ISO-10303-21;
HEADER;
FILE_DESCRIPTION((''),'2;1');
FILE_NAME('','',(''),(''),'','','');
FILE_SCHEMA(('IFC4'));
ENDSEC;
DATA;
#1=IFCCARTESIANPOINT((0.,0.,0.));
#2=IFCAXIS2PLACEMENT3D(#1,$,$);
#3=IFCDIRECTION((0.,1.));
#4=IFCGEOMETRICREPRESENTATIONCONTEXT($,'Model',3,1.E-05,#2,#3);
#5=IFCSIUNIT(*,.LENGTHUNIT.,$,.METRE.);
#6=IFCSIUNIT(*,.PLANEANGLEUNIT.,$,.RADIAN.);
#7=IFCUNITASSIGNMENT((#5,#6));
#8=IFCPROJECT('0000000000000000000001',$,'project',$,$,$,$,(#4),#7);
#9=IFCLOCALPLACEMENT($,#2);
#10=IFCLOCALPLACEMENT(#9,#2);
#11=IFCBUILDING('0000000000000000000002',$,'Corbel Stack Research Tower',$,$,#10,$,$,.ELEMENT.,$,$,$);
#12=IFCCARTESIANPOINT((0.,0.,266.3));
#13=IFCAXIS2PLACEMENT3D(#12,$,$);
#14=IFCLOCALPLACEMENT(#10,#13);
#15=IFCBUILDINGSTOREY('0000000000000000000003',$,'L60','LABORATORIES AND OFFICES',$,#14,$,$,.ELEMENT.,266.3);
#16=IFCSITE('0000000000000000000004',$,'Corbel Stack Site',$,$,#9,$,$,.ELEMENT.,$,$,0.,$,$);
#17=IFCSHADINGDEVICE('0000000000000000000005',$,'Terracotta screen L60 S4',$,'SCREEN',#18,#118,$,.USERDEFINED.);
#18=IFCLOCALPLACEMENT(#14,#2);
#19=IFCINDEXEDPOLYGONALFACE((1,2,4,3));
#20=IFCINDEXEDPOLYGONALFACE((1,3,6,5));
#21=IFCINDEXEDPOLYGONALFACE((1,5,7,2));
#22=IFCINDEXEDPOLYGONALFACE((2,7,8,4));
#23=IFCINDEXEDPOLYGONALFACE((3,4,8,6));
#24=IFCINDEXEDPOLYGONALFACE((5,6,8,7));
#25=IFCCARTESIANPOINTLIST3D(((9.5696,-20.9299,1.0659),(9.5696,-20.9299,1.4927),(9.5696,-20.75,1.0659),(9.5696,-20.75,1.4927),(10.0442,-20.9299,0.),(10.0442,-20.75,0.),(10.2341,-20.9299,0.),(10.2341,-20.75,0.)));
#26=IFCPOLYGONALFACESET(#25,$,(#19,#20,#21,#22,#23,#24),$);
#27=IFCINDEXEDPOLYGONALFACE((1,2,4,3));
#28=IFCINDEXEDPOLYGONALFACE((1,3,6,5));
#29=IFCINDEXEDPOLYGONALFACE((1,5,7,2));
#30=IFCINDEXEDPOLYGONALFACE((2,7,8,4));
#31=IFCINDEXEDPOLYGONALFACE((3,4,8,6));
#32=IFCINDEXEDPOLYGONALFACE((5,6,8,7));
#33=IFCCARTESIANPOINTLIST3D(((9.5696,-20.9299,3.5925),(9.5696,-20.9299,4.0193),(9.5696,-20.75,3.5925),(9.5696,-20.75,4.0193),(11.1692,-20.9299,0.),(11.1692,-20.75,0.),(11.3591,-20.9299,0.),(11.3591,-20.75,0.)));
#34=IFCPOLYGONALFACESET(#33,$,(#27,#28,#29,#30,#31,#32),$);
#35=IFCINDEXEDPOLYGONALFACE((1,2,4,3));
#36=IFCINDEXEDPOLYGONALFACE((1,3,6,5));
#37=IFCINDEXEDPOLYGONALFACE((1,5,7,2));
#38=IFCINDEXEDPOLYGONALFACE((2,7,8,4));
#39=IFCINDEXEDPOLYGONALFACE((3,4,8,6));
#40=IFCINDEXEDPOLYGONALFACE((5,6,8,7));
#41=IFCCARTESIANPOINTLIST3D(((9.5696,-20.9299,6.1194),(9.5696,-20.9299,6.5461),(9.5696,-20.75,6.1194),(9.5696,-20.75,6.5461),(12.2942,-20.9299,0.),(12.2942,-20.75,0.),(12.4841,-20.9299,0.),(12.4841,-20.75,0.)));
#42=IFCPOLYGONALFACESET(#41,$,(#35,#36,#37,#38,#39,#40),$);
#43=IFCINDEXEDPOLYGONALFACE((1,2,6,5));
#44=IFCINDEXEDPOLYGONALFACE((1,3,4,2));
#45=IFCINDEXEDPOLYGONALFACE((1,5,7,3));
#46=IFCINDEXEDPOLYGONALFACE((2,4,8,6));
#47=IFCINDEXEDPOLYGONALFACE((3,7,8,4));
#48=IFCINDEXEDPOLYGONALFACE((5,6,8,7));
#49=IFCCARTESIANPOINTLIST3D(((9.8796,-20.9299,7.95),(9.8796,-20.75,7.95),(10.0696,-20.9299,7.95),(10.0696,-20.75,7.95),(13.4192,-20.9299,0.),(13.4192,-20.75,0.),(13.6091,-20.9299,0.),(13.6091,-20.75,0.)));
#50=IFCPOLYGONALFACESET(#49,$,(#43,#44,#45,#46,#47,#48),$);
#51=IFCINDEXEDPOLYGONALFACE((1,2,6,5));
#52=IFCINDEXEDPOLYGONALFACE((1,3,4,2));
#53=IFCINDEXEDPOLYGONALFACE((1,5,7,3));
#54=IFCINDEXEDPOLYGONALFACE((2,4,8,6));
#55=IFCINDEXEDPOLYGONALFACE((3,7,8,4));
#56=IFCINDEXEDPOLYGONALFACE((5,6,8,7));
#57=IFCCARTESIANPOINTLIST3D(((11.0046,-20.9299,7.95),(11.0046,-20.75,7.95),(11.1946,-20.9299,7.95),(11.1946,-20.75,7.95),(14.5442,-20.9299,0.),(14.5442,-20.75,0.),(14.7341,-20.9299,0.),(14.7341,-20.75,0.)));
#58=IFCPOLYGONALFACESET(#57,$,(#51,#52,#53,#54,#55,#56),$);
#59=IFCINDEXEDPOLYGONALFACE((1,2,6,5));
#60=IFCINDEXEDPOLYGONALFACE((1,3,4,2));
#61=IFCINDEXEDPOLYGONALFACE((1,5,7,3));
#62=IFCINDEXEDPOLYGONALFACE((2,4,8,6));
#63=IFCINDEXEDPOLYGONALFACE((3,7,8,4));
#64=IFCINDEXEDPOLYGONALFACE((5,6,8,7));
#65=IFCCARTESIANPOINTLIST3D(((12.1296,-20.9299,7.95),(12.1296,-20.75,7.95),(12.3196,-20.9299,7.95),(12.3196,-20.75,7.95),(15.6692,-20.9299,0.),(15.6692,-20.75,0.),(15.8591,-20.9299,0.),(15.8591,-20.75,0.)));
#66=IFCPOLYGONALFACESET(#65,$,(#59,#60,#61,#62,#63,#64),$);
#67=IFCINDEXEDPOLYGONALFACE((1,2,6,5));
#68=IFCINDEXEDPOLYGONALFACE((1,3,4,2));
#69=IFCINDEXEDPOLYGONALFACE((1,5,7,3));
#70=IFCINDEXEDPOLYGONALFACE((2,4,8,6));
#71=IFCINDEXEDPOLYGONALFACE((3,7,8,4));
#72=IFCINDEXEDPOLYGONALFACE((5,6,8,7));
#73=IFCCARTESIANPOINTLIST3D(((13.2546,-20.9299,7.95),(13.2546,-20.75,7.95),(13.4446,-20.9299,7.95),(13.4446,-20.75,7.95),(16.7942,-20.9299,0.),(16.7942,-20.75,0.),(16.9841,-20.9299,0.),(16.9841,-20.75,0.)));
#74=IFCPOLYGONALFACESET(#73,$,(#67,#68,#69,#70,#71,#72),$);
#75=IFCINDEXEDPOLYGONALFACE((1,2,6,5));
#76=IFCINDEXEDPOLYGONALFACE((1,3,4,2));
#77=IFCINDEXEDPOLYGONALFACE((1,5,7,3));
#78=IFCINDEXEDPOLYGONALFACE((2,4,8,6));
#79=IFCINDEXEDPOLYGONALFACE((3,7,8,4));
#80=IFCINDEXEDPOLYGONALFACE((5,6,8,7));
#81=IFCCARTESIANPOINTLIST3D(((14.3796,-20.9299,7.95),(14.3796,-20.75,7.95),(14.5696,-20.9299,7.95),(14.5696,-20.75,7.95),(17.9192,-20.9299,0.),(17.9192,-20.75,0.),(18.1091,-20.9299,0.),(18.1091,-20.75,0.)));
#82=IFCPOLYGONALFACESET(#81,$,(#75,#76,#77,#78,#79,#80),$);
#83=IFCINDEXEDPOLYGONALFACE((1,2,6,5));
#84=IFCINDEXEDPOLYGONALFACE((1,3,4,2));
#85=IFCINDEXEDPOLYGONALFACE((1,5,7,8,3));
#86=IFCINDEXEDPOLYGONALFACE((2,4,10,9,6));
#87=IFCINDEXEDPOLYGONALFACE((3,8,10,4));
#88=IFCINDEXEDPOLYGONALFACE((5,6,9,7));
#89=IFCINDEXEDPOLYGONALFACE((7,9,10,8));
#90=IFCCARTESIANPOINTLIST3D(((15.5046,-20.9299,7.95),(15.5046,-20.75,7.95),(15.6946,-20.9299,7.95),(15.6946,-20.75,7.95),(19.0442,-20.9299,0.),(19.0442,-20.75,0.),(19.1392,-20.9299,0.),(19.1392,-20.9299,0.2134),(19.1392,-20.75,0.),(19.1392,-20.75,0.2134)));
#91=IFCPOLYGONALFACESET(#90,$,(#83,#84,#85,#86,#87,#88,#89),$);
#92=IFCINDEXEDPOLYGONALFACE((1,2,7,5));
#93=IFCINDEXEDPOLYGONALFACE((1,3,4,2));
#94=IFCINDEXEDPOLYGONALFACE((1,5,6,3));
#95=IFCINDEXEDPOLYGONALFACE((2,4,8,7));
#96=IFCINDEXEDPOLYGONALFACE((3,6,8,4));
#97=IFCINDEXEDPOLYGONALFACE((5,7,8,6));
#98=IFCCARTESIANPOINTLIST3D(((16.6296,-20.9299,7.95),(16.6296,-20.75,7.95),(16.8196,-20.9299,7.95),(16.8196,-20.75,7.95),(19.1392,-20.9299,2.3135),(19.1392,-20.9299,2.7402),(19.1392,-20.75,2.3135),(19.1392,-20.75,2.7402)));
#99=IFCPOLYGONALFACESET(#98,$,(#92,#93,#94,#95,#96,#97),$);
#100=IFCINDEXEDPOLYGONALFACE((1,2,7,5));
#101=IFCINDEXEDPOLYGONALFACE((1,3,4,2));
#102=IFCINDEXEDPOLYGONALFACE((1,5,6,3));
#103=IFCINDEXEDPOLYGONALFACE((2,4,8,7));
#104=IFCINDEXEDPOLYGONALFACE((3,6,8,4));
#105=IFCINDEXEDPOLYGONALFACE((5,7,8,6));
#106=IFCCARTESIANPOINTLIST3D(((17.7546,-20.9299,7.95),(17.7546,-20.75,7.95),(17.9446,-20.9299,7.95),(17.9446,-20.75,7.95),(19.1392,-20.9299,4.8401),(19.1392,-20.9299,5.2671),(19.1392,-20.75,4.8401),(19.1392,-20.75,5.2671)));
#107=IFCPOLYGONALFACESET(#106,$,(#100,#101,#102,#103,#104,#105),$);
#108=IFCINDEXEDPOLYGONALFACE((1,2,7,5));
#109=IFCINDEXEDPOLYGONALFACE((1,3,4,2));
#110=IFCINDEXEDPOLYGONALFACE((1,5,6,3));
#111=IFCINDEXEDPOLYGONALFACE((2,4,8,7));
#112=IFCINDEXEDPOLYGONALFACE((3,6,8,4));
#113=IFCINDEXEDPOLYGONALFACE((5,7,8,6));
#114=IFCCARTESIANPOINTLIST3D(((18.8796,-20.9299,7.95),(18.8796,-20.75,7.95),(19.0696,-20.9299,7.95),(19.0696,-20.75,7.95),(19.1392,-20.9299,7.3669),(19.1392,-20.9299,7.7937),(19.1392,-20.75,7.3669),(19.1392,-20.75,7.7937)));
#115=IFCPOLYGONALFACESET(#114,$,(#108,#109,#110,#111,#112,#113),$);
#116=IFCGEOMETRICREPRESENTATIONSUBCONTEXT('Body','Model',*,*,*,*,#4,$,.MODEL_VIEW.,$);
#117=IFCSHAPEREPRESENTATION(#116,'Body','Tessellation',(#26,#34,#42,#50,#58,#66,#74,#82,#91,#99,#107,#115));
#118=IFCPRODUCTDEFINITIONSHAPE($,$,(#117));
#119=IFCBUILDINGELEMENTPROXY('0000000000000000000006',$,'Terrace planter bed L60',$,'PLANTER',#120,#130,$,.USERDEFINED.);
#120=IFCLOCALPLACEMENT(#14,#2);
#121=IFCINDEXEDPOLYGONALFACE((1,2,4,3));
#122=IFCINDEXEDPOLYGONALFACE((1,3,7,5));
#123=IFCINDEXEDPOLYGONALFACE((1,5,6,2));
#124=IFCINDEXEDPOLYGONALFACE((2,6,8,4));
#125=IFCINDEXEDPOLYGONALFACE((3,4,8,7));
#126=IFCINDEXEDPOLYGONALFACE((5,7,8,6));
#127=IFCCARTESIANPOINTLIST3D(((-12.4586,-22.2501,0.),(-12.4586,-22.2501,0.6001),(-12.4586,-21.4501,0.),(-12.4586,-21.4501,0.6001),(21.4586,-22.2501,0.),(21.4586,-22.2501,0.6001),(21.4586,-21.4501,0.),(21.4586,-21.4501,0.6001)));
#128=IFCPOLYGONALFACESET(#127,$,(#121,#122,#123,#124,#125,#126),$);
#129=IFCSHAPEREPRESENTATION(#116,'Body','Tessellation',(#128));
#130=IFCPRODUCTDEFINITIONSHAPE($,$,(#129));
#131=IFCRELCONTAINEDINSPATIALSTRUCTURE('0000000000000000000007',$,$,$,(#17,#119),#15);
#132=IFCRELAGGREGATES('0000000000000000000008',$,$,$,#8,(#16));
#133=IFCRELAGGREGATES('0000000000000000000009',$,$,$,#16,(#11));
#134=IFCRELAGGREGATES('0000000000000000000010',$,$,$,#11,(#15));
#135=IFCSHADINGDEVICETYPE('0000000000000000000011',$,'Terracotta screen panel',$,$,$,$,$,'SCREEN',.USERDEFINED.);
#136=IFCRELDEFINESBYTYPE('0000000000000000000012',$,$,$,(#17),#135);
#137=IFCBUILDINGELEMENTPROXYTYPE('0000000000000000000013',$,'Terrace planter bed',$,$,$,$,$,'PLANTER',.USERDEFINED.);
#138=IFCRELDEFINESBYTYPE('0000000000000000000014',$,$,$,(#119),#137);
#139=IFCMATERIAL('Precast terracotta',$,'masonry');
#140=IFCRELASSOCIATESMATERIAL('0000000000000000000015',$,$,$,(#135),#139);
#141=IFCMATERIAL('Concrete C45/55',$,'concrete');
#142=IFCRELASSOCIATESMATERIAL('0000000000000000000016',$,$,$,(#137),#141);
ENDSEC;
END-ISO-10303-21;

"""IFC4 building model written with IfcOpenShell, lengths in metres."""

from ifc_helpers import new_model, si_unit, direction, frame, origin, origin_2d, place, context, subcontext, project, spatial, polyline, rectangle, outline, extrude, source, transform, mapped, material, type_object, element, save


model = new_model("IFC4")

# Units and contexts
model_context = context("Model", 3, precision=1e-05, world=origin(), true_north=direction((0.0, 1.0)))
body_context = subcontext(model_context, "Body", "Model", "MODEL_VIEW")
ifc_project = project(units=[si_unit("LENGTHUNIT", "METRE"), si_unit("PLANEANGLEUNIT", "RADIAN")], contexts=[model_context])

# Site, building, storey
site_placement = place(None, origin())
site = spatial("IfcSite", under=ifc_project, at=site_placement, Name="Corbel Stack Site", CompositionType="ELEMENT", RefElevation=0.0)
building_placement = place(site_placement, origin())
building = spatial("IfcBuilding", under=site, at=building_placement, Name="Corbel Stack Research Tower", CompositionType="ELEMENT")
storey_placement = place(building_placement, frame((0.0, 0.0, 266.3)))
storey = spatial("IfcBuildingStorey", under=building, at=storey_placement, Name="L60", Description="LABORATORIES AND OFFICES", CompositionType="ELEMENT", Elevation=266.3)

# Shading device
ifc_material_1 = material(Name="Precast terracotta", Category="masonry")
shading_device_type = type_object("IfcShadingDeviceType", Name="Terracotta screen panel", ElementType="SCREEN", PredefinedType="USERDEFINED", material=ifc_material_1)
shared_shape = source(origin(), body_context, "Body", "SweptSolid", [
    extrude(outline(polyline([(0.6646, 0.0), (0.0, 1.4927), (0.0, 1.0659), (0.4746, 0.0), (0.6646, 0.0)])), frame((0.0, 0.0, 0.0), z_axis=(0.0, -1.0, 0.0), x_axis=(1.0, 0.0, 0.0)), (0.0, 0.0, 1.0), 0.1799),
    extrude(outline(polyline([(1.7896, 0.0), (0.0, 4.0193), (0.0, 3.5925), (1.5996, 0.0), (1.7896, 0.0)])), frame((0.0, 0.0, 0.0), z_axis=(0.0, -1.0, 0.0), x_axis=(1.0, 0.0, 0.0)), (0.0, 0.0, 1.0), 0.1799),
    extrude(outline(polyline([(2.9146, 0.0), (0.0, 6.5461), (0.0, 6.1194), (2.7246, 0.0), (2.9146, 0.0)])), frame((0.0, 0.0, 0.0), z_axis=(0.0, -1.0, 0.0), x_axis=(1.0, 0.0, 0.0)), (0.0, 0.0, 1.0), 0.1799),
    extrude(outline(polyline([(4.0396, 0.0), (0.5, 7.95), (0.3101, 7.95), (3.8496, 0.0), (4.0396, 0.0)])), frame((0.0, 0.0, 0.0), z_axis=(0.0, -1.0, 0.0), x_axis=(1.0, 0.0, 0.0)), (0.0, 0.0, 1.0), 0.1799),
    extrude(outline(polyline([(5.1646, 0.0), (1.625, 7.95), (1.4351, 7.95), (4.9746, 0.0), (5.1646, 0.0)])), frame((0.0, 0.0, 0.0), z_axis=(0.0, -1.0, 0.0), x_axis=(1.0, 0.0, 0.0)), (0.0, 0.0, 1.0), 0.1799),
    extrude(outline(polyline([(6.2896, 0.0), (2.75, 7.95), (2.5601, 7.95), (6.0996, 0.0), (6.2896, 0.0)])), frame((0.0, 0.0, 0.0), z_axis=(0.0, -1.0, 0.0), x_axis=(1.0, 0.0, 0.0)), (0.0, 0.0, 1.0), 0.1799),
    extrude(outline(polyline([(7.4146, 0.0), (3.875, 7.95), (3.6851, 7.95), (7.2246, 0.0), (7.4146, 0.0)])), frame((0.0, 0.0, 0.0), z_axis=(0.0, -1.0, 0.0), x_axis=(1.0, 0.0, 0.0)), (0.0, 0.0, 1.0), 0.1799),
    extrude(outline(polyline([(8.5396, 0.0), (5.0, 7.95), (4.8101, 7.95), (8.3496, 0.0), (8.5396, 0.0)])), frame((0.0, 0.0, 0.0), z_axis=(0.0, -1.0, 0.0), x_axis=(1.0, 0.0, 0.0)), (0.0, 0.0, 1.0), 0.1799),
    extrude(outline(polyline([(9.5696, 0.0), (9.5696, 0.2134), (6.125, 7.95), (5.9351, 7.95), (9.4746, 0.0), (9.5696, 0.0)])), frame((0.0, 0.0, 0.0), z_axis=(0.0, -1.0, 0.0), x_axis=(1.0, 0.0, 0.0)), (0.0, 0.0, 1.0), 0.1799),
    extrude(outline(polyline([(7.25, 7.95), (7.0601, 7.95), (9.5696, 2.3135), (9.5696, 2.7402), (7.25, 7.95)])), frame((0.0, 0.0, 0.0), z_axis=(0.0, -1.0, 0.0), x_axis=(1.0, 0.0, 0.0)), (0.0, 0.0, 1.0), 0.1799),
    extrude(outline(polyline([(8.375, 7.95), (8.1851, 7.95), (9.5696, 4.8401), (9.5696, 5.2671), (8.375, 7.95)])), frame((0.0, 0.0, 0.0), z_axis=(0.0, -1.0, 0.0), x_axis=(1.0, 0.0, 0.0)), (0.0, 0.0, 1.0), 0.1799),
    extrude(outline(polyline([(9.5, 7.95), (9.3101, 7.95), (9.5696, 7.3669), (9.5696, 7.7937), (9.5, 7.95)])), frame((0.0, 0.0, 0.0), z_axis=(0.0, -1.0, 0.0), x_axis=(1.0, 0.0, 0.0)), (0.0, 0.0, 1.0), 0.1799),
])
shading_device_placement = place(storey_placement, frame((9.5696, -20.75, 0.0), z_axis=(0.0, 0.0, 1.0), x_axis=(1.0, 0.0, 0.0)))
element("IfcShadingDevice", 1, at=shading_device_placement, inside=storey, type_object=shading_device_type, Name="Terracotta screen L60 S4", ObjectType="SCREEN", PredefinedType="USERDEFINED", context=body_context, shape_type="MappedRepresentation", body=[
    mapped(shared_shape, transform((0.0, 0.0, 0.0))),
])

# Building element proxy
ifc_material_2 = material(Name="Concrete C45/55", Category="concrete")
building_element_proxy_type = type_object("IfcBuildingElementProxyType", Name="Terrace planter bed", ElementType="PLANTER", PredefinedType="USERDEFINED", material=ifc_material_2)
proxy_placement = place(storey_placement, frame((4.5, -21.8501, 0.0), z_axis=(0.0, 0.0, 1.0), x_axis=(-1.0, 0.0, 0.0)))
element("IfcBuildingElementProxy", 2, at=proxy_placement, inside=storey, type_object=building_element_proxy_type, Name="Terrace planter bed L60", ObjectType="PLANTER", PredefinedType="USERDEFINED", context=body_context, shape_type="SweptSolid", body=[
    extrude(rectangle(XDim=33.9172, YDim=0.8, at=origin_2d()), origin(), (0.0, 0.0, 1.0), 0.6001),
])

save(model, "model.ifc")
